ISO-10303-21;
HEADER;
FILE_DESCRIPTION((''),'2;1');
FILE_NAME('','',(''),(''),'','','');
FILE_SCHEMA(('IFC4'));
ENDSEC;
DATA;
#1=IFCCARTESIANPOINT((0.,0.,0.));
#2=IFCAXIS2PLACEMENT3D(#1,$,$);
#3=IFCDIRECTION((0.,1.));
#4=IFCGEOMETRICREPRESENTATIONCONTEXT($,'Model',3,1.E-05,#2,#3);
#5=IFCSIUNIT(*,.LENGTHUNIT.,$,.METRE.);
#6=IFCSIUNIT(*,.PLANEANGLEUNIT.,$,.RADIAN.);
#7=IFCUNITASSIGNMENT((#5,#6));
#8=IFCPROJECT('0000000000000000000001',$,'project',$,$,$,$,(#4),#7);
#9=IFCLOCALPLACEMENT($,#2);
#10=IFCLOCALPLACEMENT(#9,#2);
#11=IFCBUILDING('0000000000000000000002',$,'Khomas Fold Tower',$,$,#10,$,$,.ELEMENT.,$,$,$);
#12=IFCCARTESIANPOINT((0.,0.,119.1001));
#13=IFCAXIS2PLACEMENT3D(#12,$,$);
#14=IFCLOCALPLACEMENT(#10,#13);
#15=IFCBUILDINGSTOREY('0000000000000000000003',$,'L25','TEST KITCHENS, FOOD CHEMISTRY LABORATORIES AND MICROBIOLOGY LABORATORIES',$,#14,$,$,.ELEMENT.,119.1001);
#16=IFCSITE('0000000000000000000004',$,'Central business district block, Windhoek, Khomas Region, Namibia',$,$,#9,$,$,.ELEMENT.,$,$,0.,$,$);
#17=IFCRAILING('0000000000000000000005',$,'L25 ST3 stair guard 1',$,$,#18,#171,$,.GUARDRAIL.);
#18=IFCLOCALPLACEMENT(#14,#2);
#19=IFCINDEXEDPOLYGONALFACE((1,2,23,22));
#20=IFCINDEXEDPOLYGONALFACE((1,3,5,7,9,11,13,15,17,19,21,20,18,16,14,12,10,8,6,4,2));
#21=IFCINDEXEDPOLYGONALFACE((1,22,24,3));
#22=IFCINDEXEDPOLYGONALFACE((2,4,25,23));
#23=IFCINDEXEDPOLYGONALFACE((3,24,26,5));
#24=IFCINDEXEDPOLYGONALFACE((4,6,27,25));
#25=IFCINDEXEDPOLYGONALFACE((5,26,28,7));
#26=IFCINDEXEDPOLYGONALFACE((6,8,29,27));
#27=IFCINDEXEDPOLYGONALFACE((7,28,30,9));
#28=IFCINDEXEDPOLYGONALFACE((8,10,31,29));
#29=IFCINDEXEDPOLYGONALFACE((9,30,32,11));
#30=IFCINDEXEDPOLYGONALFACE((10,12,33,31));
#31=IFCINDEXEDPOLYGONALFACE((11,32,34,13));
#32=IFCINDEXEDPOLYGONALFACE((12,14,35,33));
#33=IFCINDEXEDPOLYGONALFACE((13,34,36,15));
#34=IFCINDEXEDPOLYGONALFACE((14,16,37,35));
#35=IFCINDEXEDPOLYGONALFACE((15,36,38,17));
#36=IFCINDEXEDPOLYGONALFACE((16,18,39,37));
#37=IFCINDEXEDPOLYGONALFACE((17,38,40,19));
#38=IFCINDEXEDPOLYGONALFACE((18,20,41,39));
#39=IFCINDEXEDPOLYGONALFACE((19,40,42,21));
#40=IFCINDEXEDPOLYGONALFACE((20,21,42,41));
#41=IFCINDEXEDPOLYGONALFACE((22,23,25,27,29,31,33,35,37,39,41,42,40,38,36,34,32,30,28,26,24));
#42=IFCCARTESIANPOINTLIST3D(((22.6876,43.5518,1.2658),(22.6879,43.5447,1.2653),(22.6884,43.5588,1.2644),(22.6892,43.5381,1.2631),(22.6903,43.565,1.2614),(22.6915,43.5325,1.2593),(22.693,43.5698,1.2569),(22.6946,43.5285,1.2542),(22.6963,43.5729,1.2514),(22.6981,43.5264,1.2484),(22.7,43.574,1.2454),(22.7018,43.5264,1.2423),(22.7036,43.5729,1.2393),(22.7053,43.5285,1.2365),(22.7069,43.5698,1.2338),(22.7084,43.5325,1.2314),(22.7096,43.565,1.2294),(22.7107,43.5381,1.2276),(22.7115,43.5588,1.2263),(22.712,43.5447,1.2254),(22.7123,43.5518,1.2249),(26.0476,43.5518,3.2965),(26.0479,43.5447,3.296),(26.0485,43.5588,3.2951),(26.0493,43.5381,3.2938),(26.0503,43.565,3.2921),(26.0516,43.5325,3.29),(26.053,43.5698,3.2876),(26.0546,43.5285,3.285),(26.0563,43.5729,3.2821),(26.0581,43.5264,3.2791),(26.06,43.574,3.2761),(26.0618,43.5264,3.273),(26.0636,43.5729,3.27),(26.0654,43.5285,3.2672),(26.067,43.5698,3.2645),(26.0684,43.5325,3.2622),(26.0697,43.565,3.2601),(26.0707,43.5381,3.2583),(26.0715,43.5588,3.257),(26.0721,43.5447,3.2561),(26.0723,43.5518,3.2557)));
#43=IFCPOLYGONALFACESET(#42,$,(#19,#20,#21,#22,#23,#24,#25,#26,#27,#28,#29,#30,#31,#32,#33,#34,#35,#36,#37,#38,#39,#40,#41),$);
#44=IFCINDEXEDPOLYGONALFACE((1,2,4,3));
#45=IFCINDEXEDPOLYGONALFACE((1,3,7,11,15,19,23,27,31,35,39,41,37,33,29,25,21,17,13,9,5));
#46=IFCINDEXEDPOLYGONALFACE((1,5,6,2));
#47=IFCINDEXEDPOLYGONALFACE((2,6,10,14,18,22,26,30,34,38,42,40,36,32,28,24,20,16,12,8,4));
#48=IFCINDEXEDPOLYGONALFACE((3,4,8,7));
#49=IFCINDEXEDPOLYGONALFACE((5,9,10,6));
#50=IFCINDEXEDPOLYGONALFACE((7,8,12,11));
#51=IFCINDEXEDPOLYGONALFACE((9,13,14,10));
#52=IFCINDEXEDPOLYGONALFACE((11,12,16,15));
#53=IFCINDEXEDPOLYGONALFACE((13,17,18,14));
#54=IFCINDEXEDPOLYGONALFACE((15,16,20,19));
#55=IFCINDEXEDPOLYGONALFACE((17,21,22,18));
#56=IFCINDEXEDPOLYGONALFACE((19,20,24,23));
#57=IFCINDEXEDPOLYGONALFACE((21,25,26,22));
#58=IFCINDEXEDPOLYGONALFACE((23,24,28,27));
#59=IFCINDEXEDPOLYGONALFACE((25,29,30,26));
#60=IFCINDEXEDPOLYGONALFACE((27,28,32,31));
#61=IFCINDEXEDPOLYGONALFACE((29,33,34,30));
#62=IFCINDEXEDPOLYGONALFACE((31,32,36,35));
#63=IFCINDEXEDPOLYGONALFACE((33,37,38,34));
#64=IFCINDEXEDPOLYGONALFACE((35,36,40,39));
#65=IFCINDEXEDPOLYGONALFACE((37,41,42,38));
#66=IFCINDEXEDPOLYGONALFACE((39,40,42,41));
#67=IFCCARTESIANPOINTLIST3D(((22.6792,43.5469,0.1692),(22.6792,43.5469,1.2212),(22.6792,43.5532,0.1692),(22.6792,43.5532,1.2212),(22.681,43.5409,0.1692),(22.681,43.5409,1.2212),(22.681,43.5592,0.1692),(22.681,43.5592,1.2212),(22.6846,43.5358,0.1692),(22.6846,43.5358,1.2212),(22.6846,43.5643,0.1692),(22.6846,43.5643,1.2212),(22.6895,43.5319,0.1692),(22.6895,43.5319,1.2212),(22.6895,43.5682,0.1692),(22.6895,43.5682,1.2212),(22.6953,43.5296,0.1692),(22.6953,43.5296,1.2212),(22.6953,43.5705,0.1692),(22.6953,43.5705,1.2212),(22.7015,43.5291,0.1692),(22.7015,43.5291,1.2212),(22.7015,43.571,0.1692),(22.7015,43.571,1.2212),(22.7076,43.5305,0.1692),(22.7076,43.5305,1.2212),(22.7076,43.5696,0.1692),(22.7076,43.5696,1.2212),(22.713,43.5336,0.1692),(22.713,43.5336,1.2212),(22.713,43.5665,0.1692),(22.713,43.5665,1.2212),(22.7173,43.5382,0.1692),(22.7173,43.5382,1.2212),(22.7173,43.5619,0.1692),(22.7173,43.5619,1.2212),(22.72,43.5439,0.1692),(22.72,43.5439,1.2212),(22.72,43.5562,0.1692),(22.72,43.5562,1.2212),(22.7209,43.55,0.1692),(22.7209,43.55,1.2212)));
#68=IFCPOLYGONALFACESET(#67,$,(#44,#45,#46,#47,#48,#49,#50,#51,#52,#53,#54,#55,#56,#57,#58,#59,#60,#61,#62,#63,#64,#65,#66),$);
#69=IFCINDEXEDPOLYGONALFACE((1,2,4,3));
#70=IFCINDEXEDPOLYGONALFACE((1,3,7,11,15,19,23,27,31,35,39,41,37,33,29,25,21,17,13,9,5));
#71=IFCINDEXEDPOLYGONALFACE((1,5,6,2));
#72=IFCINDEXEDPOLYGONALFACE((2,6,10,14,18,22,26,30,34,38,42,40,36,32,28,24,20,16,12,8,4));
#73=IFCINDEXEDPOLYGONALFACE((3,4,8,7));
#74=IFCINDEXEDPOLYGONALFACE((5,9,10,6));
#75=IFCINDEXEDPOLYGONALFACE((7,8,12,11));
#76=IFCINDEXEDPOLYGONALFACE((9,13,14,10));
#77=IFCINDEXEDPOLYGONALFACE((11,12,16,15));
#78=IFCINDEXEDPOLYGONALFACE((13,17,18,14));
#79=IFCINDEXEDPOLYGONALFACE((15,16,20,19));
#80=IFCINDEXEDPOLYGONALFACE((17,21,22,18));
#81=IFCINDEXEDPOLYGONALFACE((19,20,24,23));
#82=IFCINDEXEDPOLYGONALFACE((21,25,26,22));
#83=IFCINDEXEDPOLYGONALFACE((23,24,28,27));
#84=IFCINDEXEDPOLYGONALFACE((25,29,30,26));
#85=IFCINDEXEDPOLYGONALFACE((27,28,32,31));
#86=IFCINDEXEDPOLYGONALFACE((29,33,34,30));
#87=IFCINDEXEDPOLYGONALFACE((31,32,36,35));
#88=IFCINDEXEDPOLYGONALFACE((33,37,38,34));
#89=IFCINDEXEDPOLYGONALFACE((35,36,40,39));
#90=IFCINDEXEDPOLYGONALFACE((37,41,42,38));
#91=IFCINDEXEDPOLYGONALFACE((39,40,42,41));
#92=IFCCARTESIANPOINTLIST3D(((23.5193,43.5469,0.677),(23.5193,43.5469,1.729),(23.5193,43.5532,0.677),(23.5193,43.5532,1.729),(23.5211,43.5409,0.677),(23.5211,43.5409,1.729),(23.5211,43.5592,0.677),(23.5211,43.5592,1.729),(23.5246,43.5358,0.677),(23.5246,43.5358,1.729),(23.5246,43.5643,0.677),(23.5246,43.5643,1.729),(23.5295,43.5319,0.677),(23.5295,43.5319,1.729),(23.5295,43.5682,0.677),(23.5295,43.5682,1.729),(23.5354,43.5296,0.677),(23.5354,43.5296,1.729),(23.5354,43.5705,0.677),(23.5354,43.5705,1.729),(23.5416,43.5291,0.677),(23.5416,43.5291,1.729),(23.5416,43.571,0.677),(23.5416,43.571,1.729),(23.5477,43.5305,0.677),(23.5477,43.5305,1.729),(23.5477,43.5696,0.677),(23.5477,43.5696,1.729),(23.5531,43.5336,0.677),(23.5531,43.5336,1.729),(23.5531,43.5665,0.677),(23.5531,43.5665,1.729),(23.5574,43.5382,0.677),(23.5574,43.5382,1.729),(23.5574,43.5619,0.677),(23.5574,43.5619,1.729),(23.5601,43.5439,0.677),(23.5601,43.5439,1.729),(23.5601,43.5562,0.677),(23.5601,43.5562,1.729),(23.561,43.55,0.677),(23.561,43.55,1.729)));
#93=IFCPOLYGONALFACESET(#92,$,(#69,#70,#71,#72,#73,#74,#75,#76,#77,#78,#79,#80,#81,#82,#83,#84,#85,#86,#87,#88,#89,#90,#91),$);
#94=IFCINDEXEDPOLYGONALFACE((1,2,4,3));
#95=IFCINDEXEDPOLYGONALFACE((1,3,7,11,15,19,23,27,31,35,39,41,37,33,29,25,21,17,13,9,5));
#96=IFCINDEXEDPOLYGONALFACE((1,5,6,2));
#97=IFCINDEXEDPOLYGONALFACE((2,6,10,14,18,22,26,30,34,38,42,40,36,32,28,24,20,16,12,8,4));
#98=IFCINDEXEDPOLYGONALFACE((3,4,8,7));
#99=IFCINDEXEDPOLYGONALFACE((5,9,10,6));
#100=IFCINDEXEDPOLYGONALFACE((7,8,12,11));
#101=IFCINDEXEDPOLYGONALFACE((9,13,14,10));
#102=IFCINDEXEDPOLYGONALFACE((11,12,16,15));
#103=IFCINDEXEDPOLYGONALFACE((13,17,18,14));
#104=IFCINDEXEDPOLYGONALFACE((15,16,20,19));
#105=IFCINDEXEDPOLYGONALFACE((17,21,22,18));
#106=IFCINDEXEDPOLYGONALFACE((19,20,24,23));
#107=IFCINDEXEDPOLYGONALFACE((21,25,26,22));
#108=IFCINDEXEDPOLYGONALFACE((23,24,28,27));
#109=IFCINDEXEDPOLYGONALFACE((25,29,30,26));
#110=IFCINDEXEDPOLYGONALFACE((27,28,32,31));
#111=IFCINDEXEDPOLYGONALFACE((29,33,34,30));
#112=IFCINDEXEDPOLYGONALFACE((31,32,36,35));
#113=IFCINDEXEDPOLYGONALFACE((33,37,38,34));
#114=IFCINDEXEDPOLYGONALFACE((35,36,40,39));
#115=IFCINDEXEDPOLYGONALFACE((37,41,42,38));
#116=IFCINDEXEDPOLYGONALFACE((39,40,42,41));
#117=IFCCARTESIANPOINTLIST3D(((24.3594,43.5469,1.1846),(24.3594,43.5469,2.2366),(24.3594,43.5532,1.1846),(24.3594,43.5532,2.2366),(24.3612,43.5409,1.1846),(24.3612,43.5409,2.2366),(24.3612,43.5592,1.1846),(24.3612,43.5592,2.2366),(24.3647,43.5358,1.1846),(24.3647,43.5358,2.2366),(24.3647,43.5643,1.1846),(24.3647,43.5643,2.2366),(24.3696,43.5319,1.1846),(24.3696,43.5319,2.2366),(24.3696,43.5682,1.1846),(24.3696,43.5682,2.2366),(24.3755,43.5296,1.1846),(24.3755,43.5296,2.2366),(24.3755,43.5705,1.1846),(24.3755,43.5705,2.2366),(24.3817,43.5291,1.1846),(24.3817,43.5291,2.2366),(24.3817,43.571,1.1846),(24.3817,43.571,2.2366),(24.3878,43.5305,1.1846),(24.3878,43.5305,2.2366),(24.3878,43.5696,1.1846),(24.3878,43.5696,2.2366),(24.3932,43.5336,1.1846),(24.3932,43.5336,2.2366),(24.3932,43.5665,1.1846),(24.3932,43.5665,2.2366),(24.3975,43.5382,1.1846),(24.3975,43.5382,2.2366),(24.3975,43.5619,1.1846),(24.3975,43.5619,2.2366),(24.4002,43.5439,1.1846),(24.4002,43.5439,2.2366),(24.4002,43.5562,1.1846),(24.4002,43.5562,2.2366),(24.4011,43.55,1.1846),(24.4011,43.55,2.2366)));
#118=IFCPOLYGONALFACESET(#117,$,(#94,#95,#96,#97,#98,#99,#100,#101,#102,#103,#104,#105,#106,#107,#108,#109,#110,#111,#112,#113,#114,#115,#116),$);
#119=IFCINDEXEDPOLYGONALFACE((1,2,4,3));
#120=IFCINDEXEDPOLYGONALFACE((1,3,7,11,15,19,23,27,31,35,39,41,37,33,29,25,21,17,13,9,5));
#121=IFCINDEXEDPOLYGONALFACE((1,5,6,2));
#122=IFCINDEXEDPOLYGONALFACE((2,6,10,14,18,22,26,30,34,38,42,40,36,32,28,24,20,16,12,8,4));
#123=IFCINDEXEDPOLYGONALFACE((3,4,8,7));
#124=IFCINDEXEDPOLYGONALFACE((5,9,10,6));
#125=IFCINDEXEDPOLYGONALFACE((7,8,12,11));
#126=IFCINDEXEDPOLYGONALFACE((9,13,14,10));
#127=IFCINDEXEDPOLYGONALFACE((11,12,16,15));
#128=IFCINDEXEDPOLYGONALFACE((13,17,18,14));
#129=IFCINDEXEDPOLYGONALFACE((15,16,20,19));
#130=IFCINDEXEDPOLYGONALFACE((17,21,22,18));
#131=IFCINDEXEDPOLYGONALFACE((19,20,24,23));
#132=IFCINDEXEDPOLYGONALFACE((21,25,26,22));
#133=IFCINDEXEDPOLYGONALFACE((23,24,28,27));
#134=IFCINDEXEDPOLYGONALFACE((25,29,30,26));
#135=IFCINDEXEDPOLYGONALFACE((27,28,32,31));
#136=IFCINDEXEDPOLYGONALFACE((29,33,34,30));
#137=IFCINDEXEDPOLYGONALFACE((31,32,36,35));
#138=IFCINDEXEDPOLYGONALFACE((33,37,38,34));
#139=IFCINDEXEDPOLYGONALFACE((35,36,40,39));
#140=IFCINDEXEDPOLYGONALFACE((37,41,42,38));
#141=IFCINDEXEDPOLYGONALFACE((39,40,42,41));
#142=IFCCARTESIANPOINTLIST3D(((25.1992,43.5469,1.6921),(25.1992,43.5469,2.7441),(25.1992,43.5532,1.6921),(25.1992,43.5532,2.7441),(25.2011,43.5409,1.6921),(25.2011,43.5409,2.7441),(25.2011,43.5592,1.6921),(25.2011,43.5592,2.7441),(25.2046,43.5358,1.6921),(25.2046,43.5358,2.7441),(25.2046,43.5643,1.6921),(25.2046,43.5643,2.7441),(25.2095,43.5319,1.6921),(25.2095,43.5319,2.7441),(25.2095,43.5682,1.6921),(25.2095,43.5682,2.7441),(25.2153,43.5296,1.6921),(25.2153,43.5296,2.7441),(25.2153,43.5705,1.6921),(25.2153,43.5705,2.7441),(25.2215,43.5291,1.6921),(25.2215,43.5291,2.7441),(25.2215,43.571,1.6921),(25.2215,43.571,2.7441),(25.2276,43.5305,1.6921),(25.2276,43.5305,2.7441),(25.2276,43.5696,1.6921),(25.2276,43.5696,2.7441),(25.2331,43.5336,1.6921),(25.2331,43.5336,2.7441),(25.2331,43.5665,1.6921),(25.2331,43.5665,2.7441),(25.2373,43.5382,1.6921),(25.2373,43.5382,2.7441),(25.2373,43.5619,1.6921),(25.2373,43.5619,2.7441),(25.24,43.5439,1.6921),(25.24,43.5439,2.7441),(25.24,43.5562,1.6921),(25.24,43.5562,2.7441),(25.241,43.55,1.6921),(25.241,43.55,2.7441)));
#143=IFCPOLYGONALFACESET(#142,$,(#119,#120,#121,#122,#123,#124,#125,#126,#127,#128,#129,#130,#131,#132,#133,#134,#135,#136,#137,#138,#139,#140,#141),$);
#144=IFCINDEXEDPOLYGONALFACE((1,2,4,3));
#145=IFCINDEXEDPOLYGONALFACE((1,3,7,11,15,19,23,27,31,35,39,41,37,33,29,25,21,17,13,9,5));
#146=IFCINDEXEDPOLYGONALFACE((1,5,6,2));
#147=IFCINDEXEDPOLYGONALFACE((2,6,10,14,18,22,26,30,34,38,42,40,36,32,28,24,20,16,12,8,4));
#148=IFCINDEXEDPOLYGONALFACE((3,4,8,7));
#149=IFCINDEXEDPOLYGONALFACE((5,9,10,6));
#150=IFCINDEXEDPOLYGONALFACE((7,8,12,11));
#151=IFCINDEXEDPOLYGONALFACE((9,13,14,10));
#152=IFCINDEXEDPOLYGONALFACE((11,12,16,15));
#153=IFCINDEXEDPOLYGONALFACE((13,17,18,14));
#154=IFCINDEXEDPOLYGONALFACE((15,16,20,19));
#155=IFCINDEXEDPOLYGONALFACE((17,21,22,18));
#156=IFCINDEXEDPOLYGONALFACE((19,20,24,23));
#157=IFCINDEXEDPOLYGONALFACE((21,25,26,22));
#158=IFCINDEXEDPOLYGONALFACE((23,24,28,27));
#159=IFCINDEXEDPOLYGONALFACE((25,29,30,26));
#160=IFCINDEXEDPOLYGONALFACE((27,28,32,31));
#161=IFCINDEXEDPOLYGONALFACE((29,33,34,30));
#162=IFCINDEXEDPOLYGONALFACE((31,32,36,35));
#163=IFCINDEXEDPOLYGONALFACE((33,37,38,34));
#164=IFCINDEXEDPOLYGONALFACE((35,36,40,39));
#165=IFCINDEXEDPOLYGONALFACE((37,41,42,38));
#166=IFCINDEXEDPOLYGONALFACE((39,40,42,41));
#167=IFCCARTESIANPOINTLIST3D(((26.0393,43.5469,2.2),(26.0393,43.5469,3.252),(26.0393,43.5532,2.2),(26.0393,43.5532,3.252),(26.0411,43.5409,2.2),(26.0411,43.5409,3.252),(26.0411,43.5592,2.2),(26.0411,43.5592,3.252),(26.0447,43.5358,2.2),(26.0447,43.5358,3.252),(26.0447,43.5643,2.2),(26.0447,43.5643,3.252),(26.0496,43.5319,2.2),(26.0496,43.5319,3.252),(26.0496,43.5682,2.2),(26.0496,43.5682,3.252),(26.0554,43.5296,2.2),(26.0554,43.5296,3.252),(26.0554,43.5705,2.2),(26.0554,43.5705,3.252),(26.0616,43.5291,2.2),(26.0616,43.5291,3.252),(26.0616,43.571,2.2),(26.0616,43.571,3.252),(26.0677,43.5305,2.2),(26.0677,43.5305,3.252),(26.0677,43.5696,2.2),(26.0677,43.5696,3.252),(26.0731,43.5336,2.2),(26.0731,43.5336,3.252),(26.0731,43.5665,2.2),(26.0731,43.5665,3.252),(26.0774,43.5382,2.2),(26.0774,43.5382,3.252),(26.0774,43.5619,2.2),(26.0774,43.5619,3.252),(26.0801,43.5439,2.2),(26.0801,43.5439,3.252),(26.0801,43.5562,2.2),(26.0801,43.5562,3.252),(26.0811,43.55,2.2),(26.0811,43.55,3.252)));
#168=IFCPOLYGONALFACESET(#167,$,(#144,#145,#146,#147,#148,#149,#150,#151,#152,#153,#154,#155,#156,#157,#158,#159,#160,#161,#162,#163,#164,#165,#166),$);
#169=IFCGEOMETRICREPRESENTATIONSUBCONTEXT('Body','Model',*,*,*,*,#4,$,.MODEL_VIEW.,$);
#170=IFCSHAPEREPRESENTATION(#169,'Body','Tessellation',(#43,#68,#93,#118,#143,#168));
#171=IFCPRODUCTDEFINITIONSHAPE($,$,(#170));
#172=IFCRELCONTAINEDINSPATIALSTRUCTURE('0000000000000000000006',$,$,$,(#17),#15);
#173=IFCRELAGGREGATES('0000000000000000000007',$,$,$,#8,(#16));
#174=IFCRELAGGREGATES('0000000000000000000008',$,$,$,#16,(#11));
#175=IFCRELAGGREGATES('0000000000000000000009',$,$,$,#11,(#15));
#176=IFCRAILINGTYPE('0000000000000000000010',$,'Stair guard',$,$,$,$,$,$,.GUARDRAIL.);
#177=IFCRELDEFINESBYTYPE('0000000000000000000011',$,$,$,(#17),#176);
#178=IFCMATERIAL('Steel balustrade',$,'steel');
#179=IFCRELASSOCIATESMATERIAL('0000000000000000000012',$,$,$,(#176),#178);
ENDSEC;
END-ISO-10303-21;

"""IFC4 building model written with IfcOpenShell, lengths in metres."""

from ifc_helpers import new_model, si_unit, direction, frame, origin, origin_2d, place, context, subcontext, project, spatial, circle, extrude, source, transform, mapped, material, type_object, element, save


model = new_model("IFC4")

# Units and contexts
model_context = context("Model", 3, precision=1e-05, world=origin(), true_north=direction((0.0, 1.0)))
body_context = subcontext(model_context, "Body", "Model", "MODEL_VIEW")
ifc_project = project(units=[si_unit("LENGTHUNIT", "METRE"), si_unit("PLANEANGLEUNIT", "RADIAN")], contexts=[model_context])

# Site, building, storey
site_placement = place(None, origin())
site = spatial("IfcSite", under=ifc_project, at=site_placement, Name="Central business district block, Windhoek, Khomas Region, Namibia", CompositionType="ELEMENT", RefElevation=0.0)
building_placement = place(site_placement, origin())
building = spatial("IfcBuilding", under=site, at=building_placement, Name="Khomas Fold Tower", CompositionType="ELEMENT")
storey_placement = place(building_placement, frame((0.0, 0.0, 119.1001)))
storey = spatial("IfcBuildingStorey", under=building, at=storey_placement, Name="L25", Description="TEST KITCHENS, FOOD CHEMISTRY LABORATORIES AND MICROBIOLOGY LABORATORIES", CompositionType="ELEMENT", Elevation=119.1001)

# Railing
ifc_material_1 = material(Name="Steel balustrade", Category="steel")
railing_type_1 = type_object("IfcRailingType", Name="Stair guard", PredefinedType="GUARDRAIL", material=ifc_material_1)
shared_shape_1 = source(origin(), body_context, "Body", "SweptSolid", [
    extrude(circle(Radius=0.0239, at=origin_2d()), frame((0.0, 0.0, 1.0762), z_axis=(0.855837, 0.0, 0.517246), x_axis=(0.0, 1.0, 0.0)), (0.0, 0.0, 1.0), 3.926),
    extrude(circle(Radius=0.021, at=origin_2d()), origin(), (0.0, 0.0, 1.0), 1.052),
    extrude(circle(Radius=0.021, at=origin_2d()), frame((0.8401, 0.0, 0.5078)), (0.0, 0.0, 1.0), 1.052),
    extrude(circle(Radius=0.021, at=origin_2d()), frame((1.6802, 0.0, 1.0154)), (0.0, 0.0, 1.0), 1.052),
    extrude(circle(Radius=0.021, at=origin_2d()), frame((2.52, 0.0, 1.5229)), (0.0, 0.0, 1.0), 1.052),
    extrude(circle(Radius=0.021, at=origin_2d()), frame((3.3601, 0.0, 2.0308)), (0.0, 0.0, 1.0), 1.052),
])
railing_1_placement = place(storey_placement, frame((22.7, 43.55, 0.1692)))
element("IfcRailing", 1, at=railing_1_placement, inside=storey, type_object=railing_type_1, Name="L25 ST3 stair guard 1", PredefinedType="GUARDRAIL", context=body_context, shape_type="MappedRepresentation", body=[
    mapped(shared_shape_1, transform((0.0, 0.0, 0.0))),
])

save(model, "model.ifc")
